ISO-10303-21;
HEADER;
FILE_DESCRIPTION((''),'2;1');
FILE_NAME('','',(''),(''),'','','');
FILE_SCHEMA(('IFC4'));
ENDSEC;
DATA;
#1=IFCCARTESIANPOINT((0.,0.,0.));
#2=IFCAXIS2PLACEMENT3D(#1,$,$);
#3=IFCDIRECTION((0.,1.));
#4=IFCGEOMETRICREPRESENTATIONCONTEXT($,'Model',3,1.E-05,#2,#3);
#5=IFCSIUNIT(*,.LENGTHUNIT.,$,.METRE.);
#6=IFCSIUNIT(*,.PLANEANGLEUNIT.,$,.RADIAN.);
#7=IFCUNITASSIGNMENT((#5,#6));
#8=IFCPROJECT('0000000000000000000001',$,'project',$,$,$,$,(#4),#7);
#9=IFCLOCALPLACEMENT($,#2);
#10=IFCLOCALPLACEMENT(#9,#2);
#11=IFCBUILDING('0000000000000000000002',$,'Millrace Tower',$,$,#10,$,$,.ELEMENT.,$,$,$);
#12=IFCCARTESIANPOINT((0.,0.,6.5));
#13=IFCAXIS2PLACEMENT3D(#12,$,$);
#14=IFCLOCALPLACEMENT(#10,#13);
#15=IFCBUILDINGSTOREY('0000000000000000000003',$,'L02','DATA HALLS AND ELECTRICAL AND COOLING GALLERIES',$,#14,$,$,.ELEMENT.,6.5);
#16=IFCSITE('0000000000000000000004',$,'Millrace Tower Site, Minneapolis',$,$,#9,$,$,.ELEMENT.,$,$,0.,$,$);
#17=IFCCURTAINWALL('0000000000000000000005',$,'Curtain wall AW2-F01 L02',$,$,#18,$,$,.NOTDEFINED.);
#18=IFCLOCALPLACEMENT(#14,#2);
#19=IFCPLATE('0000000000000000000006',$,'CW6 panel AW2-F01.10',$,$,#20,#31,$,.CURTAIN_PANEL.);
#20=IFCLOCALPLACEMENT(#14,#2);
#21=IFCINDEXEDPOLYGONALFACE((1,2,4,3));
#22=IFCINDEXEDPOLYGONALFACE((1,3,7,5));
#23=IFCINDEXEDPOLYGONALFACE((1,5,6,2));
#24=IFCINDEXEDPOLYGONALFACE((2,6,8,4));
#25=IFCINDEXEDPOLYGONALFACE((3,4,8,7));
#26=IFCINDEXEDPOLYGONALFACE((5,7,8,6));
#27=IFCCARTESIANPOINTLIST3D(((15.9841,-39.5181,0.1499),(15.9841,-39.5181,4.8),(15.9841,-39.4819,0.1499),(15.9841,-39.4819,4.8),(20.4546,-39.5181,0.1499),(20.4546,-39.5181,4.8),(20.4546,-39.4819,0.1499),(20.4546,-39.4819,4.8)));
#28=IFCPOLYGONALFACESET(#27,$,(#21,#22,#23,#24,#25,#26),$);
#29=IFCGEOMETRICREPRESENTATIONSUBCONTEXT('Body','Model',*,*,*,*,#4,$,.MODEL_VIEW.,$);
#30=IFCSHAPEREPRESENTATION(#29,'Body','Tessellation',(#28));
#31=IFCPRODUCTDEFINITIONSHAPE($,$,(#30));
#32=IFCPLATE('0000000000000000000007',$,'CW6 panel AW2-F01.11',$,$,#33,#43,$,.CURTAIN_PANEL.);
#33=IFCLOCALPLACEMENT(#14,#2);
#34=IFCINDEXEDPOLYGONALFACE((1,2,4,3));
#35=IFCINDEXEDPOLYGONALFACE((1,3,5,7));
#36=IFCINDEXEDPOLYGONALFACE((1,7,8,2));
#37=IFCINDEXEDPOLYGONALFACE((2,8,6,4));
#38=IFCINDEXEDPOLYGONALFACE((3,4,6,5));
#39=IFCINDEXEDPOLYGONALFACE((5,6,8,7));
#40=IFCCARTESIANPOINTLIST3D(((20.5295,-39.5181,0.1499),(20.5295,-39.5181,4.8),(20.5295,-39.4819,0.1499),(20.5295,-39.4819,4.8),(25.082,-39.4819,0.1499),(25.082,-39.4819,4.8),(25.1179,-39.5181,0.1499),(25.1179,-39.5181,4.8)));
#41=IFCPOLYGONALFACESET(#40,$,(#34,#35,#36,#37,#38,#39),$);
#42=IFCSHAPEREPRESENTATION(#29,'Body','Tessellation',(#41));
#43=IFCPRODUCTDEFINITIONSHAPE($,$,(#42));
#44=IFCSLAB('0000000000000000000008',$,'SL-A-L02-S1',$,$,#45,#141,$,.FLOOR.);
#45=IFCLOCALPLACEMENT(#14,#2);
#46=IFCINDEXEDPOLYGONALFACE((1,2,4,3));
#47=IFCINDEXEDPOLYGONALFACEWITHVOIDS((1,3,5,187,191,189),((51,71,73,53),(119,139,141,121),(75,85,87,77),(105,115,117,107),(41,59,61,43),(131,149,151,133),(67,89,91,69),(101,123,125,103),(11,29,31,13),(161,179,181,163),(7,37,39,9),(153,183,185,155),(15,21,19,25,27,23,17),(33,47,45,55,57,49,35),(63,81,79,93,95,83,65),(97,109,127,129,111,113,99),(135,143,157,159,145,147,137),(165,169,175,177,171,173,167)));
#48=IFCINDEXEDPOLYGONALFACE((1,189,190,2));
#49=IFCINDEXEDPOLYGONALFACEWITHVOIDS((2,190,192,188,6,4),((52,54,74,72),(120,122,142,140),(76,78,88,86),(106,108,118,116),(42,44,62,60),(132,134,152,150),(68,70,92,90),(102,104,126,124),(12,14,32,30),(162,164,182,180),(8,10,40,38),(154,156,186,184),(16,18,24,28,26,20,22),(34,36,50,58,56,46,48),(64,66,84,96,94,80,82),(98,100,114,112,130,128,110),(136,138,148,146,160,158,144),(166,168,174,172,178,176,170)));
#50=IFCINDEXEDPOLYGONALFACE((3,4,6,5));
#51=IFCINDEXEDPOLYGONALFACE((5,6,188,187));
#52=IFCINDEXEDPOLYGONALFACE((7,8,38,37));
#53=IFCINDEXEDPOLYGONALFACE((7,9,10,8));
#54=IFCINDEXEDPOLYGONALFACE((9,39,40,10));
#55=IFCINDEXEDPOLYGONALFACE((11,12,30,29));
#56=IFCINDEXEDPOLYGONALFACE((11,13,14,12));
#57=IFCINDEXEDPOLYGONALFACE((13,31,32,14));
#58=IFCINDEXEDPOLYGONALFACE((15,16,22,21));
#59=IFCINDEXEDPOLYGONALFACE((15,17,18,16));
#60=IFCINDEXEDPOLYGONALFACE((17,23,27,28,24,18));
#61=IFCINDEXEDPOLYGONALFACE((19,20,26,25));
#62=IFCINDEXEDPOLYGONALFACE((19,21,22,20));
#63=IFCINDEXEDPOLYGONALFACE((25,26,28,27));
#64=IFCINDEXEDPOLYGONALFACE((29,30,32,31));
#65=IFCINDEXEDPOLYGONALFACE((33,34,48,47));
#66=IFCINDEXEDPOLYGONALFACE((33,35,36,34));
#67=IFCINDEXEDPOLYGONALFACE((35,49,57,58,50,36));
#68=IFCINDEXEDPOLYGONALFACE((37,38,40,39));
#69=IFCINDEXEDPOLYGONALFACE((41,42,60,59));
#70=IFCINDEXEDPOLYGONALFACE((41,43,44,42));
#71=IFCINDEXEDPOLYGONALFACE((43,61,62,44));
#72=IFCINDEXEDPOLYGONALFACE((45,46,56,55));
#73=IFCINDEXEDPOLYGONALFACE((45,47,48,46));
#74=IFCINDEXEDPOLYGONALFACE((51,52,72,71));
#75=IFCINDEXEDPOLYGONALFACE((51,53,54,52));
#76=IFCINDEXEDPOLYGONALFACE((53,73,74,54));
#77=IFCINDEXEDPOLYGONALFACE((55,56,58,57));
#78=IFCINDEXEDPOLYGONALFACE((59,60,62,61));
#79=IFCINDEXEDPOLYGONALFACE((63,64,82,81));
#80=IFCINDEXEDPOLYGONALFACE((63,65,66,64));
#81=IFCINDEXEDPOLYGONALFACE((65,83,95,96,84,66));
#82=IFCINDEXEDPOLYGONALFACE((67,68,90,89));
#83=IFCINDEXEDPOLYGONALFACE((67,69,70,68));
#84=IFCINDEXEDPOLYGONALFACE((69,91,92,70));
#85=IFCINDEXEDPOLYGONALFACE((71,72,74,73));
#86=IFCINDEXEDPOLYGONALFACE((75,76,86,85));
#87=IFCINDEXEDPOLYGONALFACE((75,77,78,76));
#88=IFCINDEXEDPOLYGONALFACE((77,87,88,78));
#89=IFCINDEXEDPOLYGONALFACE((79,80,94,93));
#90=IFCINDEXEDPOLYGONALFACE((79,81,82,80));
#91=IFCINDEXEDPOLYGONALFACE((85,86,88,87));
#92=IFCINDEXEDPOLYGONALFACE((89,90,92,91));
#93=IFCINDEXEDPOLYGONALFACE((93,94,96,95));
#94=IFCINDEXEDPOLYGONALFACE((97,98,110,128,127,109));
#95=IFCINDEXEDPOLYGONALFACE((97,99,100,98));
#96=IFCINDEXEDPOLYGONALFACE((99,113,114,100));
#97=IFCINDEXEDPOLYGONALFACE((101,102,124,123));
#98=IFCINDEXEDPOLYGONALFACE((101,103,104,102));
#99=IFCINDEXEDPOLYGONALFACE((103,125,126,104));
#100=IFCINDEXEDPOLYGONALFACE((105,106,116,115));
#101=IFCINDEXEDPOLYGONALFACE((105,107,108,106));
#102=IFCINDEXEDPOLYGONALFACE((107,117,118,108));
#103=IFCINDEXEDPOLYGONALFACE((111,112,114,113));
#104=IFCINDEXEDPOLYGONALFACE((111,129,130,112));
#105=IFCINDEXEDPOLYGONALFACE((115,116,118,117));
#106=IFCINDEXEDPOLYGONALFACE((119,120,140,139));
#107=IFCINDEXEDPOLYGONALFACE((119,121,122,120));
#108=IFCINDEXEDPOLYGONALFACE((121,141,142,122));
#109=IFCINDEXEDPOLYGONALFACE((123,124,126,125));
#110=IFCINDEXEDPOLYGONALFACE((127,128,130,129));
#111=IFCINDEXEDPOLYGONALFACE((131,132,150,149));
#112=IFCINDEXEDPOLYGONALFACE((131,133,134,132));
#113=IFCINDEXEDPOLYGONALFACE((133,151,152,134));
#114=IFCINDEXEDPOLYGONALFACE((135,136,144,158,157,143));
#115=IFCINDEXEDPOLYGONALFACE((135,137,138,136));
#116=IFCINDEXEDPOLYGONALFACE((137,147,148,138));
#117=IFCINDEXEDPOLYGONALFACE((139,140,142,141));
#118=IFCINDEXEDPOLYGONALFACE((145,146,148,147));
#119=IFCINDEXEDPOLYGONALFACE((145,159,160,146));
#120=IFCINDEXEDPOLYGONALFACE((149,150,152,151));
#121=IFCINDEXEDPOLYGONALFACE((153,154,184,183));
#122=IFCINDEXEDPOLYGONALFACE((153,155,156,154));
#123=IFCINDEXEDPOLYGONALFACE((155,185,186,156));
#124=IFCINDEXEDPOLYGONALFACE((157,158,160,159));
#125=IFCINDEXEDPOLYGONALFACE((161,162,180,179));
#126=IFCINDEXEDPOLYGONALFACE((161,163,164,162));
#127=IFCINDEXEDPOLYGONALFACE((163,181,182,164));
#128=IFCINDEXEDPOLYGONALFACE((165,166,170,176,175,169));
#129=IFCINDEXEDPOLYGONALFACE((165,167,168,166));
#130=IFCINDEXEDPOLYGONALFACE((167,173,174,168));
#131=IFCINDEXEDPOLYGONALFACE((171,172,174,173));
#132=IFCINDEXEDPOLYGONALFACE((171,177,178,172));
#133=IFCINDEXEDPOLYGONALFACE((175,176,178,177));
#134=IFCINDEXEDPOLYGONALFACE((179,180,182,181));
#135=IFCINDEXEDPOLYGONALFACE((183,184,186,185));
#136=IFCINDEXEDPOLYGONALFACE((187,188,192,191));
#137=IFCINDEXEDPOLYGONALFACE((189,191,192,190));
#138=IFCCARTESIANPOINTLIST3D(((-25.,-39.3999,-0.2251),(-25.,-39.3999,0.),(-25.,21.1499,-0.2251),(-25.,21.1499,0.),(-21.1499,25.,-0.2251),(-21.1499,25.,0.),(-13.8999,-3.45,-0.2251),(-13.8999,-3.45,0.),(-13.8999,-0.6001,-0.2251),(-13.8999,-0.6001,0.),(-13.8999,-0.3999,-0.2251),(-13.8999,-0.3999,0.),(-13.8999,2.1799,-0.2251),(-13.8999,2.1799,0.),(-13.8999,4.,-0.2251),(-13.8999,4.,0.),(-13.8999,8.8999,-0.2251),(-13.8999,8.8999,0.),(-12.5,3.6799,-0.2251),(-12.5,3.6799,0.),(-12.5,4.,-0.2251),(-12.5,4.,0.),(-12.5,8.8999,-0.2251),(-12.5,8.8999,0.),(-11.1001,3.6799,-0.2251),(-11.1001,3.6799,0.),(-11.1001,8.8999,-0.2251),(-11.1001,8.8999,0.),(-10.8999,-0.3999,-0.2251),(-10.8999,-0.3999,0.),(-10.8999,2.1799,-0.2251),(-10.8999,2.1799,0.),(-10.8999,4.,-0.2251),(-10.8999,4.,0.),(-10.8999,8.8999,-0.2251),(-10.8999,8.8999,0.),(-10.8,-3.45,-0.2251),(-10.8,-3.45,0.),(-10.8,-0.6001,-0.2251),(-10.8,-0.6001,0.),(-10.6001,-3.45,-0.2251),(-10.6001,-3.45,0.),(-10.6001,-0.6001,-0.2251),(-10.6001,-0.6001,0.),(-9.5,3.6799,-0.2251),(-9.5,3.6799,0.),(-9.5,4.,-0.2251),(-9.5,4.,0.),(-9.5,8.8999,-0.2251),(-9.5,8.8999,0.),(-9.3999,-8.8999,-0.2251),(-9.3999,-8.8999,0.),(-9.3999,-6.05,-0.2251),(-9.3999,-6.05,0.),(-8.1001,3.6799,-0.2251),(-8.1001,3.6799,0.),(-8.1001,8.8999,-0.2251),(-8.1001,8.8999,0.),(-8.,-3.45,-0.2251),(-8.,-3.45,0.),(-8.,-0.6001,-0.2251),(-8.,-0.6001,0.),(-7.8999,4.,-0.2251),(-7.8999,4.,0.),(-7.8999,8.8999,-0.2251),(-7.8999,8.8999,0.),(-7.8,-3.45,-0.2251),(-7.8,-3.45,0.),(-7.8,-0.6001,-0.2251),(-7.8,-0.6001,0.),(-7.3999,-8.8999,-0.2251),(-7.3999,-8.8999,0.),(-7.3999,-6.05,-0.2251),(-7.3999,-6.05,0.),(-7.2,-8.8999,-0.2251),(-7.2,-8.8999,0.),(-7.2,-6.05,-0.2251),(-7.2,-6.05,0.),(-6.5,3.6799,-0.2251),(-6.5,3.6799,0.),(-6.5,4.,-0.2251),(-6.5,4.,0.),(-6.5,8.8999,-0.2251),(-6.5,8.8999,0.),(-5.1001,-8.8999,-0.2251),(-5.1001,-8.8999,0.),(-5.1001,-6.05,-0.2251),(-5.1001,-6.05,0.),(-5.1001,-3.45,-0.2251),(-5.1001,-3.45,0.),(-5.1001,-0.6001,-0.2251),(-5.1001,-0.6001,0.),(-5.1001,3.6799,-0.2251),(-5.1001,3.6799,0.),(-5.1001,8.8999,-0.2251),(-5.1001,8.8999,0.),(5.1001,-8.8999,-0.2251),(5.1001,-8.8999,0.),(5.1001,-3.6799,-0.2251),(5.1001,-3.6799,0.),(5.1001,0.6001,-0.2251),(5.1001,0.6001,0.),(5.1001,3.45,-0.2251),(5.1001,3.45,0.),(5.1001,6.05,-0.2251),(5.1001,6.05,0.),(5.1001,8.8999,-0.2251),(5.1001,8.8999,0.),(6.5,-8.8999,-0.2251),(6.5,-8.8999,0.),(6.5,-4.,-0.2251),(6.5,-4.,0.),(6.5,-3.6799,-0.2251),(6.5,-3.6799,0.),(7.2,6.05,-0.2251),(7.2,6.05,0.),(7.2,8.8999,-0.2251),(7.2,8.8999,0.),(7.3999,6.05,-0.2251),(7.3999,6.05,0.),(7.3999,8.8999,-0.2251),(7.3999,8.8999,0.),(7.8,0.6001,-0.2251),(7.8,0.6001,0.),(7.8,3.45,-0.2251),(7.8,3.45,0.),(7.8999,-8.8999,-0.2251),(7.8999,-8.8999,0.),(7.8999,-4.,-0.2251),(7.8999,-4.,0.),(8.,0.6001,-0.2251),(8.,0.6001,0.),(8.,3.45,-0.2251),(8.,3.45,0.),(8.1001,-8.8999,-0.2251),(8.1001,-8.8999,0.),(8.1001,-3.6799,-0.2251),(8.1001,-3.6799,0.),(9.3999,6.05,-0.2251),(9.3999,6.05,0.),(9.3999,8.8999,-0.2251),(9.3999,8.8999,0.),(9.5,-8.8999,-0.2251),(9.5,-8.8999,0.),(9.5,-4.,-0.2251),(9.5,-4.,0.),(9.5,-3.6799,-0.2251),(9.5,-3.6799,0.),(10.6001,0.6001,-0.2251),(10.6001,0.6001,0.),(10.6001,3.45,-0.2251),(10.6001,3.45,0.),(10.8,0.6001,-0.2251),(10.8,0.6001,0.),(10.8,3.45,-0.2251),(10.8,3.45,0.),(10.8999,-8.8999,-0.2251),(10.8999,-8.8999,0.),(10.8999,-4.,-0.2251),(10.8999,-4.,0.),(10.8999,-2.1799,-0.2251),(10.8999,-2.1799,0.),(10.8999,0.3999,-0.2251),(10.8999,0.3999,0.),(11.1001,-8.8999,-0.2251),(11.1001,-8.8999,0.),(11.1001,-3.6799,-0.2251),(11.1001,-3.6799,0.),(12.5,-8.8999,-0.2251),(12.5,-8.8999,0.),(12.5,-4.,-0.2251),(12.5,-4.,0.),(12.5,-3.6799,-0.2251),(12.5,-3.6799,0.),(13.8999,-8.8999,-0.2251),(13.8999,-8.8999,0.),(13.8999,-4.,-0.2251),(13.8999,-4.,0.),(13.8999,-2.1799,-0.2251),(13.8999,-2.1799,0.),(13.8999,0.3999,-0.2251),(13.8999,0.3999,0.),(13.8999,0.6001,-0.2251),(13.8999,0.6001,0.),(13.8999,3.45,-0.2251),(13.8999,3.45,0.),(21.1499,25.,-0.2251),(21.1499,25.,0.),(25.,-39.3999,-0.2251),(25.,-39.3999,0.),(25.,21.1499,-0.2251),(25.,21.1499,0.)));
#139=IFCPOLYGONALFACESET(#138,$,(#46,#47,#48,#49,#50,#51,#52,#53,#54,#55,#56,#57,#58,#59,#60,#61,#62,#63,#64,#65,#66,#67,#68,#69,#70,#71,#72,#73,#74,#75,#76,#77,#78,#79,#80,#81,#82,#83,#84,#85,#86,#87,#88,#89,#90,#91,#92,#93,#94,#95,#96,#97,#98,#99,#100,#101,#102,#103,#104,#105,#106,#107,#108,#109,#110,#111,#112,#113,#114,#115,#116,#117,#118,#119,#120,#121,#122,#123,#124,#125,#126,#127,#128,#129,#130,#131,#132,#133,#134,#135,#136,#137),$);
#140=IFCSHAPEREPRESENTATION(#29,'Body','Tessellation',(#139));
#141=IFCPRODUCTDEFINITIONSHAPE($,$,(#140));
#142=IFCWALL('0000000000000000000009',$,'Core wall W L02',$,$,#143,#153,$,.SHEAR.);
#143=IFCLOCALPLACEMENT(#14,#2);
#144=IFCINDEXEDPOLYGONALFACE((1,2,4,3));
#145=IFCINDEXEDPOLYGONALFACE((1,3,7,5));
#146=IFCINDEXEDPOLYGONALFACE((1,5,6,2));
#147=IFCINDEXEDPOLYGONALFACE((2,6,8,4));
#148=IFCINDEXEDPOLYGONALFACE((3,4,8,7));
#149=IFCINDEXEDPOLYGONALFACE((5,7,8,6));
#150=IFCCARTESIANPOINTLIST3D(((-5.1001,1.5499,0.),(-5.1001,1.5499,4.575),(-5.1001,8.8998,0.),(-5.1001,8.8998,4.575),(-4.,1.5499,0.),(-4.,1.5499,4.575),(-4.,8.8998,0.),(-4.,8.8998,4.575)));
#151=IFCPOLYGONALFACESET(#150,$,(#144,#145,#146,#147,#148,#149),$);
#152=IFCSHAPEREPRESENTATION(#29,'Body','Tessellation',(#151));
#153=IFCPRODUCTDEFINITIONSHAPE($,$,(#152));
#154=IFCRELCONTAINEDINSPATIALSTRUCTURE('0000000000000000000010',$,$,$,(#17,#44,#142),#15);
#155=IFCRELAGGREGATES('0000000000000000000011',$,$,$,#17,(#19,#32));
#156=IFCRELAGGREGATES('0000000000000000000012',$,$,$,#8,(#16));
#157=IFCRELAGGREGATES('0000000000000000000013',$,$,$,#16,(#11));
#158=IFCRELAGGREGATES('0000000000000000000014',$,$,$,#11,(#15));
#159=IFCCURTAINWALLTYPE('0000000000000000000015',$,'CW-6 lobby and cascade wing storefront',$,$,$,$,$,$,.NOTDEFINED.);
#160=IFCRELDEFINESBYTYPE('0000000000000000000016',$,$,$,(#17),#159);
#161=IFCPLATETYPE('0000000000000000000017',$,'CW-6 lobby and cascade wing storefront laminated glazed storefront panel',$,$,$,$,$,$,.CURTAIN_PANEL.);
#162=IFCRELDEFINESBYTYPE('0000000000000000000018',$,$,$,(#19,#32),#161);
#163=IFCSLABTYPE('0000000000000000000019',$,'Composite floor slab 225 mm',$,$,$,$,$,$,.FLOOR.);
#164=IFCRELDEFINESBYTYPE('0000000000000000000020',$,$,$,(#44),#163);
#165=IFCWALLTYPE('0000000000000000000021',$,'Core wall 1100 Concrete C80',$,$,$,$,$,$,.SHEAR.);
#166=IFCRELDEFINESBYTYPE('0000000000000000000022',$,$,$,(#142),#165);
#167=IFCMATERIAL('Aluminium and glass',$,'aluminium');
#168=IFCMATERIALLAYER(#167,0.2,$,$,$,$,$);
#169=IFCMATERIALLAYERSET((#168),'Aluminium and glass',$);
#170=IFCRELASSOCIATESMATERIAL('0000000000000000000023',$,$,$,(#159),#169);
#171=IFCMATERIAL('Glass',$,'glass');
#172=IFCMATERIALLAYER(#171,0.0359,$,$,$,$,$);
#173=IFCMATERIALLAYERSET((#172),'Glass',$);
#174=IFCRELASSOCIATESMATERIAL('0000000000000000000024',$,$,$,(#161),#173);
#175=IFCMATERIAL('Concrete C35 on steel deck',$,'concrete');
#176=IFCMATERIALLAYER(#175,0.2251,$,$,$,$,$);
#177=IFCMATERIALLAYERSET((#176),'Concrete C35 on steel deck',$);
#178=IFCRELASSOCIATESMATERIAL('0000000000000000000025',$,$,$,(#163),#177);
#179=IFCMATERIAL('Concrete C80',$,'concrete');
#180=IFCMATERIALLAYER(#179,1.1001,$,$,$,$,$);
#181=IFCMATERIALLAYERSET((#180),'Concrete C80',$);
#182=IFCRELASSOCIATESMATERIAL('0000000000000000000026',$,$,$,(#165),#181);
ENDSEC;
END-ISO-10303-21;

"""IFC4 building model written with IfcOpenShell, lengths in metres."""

from ifc_helpers import new_model, si_unit, direction, frame, frame_2d, origin, place, context, subcontext, project, spatial, polyline, rectangle, outline, extrude, material, layer, layer_set, type_object, element, aggregate, save


model = new_model("IFC4")

# Units and contexts
model_context = context("Model", 3, precision=1e-05, world=origin(), true_north=direction((0.0, 1.0)))
body_context = subcontext(model_context, "Body", "Model", "MODEL_VIEW")
ifc_project = project(units=[si_unit("LENGTHUNIT", "METRE"), si_unit("PLANEANGLEUNIT", "RADIAN")], contexts=[model_context])

# Site, building, storey
site_placement = place(None, origin())
site = spatial("IfcSite", under=ifc_project, at=site_placement, Name="Millrace Tower Site, Minneapolis", CompositionType="ELEMENT", RefElevation=0.0)
building_placement = place(site_placement, origin())
building = spatial("IfcBuilding", under=site, at=building_placement, Name="Millrace Tower", CompositionType="ELEMENT")
storey_placement = place(building_placement, frame((0.0, 0.0, 6.5)))
storey = spatial("IfcBuildingStorey", under=building, at=storey_placement, Name="L02", Description="DATA HALLS AND ELECTRICAL AND COOLING GALLERIES", CompositionType="ELEMENT", Elevation=6.5)

# Curtain wall, plates
ifc_material_1 = material(Name="Aluminium and glass", Category="aluminium")
ifc_layer_1 = layer(ifc_material_1, 0.2)
ifc_layer_set_1 = layer_set([ifc_layer_1], Name="Aluminium and glass")
curtain_wall_type = type_object("IfcCurtainWallType", Name="CW-6 lobby and cascade wing storefront", PredefinedType="NOTDEFINED", material=ifc_layer_set_1)
curtain_wall_placement = place(storey_placement, origin())
curtain_wall = element("IfcCurtainWall", 1, at=curtain_wall_placement, inside=storey, type_object=curtain_wall_type, Name="Curtain wall AW2-F01 L02", PredefinedType="NOTDEFINED")
ifc_material_2 = material(Name="Glass", Category="glass")
ifc_layer_2 = layer(ifc_material_2, 0.0359)
ifc_layer_set_2 = layer_set([ifc_layer_2], Name="Glass")
plate_type = type_object("IfcPlateType", Name="CW-6 lobby and cascade wing storefront laminated glazed storefront panel", PredefinedType="CURTAIN_PANEL", material=ifc_layer_set_2)
placement = place(storey_placement, frame((0.0, 0.0, 0.1499)))
plate_1 = element("IfcPlate", 2, at=placement, type_object=plate_type, Name="CW6 panel AW2-F01.10", PredefinedType="CURTAIN_PANEL", context=body_context, shape_type="SweptSolid", body=[
    extrude(outline(polyline([(15.9841, -39.5181), (20.4546, -39.5181), (20.4546, -39.4819), (15.9841, -39.4819), (15.9841, -39.5181)])), origin(), (0.0, 0.0, 1.0), 4.6501),
])
plate_2 = element("IfcPlate", 3, at=placement, type_object=plate_type, Name="CW6 panel AW2-F01.11", PredefinedType="CURTAIN_PANEL", context=body_context, shape_type="SweptSolid", body=[
    extrude(outline(polyline([(20.5295, -39.5181), (25.1179, -39.5181), (25.082, -39.4819), (20.5295, -39.4819), (20.5295, -39.5181)])), origin(), (0.0, 0.0, 1.0), 4.6501),
])
aggregate(curtain_wall, [plate_1, plate_2])

# Slab
ifc_material_3 = material(Name="Concrete C35 on steel deck", Category="concrete")
ifc_layer_3 = layer(ifc_material_3, 0.2251)
ifc_layer_set_3 = layer_set([ifc_layer_3], Name="Concrete C35 on steel deck")
slab_type = type_object("IfcSlabType", Name="Composite floor slab 225 mm", PredefinedType="FLOOR", material=ifc_layer_set_3)
slab_placement = place(storey_placement, frame((0.0, 0.0, -0.2251)))
element("IfcSlab", 4, at=slab_placement, inside=storey, type_object=slab_type, Name="SL-A-L02-S1", PredefinedType="FLOOR", context=body_context, shape_type="SweptSolid", body=[
    extrude(outline(polyline([(-25.0, -39.3999), (25.0, -39.3999), (25.0, 21.1499), (21.1499, 25.0), (-21.1499, 25.0), (-25.0, 21.1499), (-25.0, -39.3999)]), holes=[polyline([(-9.3999, -8.8999), (-7.3999, -8.8999), (-7.3999, -6.05), (-9.3999, -6.05), (-9.3999, -8.8999)]), polyline([(-7.2, -8.8999), (-5.1001, -8.8999), (-5.1001, -6.05), (-7.2, -6.05), (-7.2, -8.8999)]), polyline([(-13.8999, -3.45), (-10.8, -3.45), (-10.8, -0.6001), (-13.8999, -0.6001), (-13.8999, -3.45)]), polyline([(-10.6001, -3.45), (-8.0, -3.45), (-8.0, -0.6001), (-10.6001, -0.6001), (-10.6001, -3.45)]), polyline([(-7.8, -3.45), (-5.1001, -3.45), (-5.1001, -0.6001), (-7.8, -0.6001), (-7.8, -3.45)]), polyline([(-13.8999, -0.3999), (-10.8999, -0.3999), (-10.8999, 2.1799), (-13.8999, 2.1799), (-13.8999, -0.3999)]), polyline([(-11.1001, 8.8999), (-12.5, 8.8999), (-13.8999, 8.8999), (-13.8999, 4.0), (-12.5, 4.0), (-12.5, 3.6799), (-11.1001, 3.6799), (-11.1001, 8.8999)]), polyline([(-8.1001, 8.8999), (-9.5, 8.8999), (-10.8999, 8.8999), (-10.8999, 4.0), (-9.5, 4.0), (-9.5, 3.6799), (-8.1001, 3.6799), (-8.1001, 8.8999)]), polyline([(-5.1001, 8.8999), (-6.5, 8.8999), (-7.8999, 8.8999), (-7.8999, 4.0), (-6.5, 4.0), (-6.5, 3.6799), (-5.1001, 3.6799), (-5.1001, 8.8999)]), polyline([(7.3999, 6.05), (9.3999, 6.05), (9.3999, 8.8999), (7.3999, 8.8999), (7.3999, 6.05)]), polyline([(5.1001, 6.05), (7.2, 6.05), (7.2, 8.8999), (5.1001, 8.8999), (5.1001, 6.05)]), polyline([(10.8, 0.6001), (13.8999, 0.6001), (13.8999, 3.45), (10.8, 3.45), (10.8, 0.6001)]), polyline([(8.0, 0.6001), (10.6001, 0.6001), (10.6001, 3.45), (8.0, 3.45), (8.0, 0.6001)]), polyline([(5.1001, 0.6001), (7.8, 0.6001), (7.8, 3.45), (5.1001, 3.45), (5.1001, 0.6001)]), polyline([(10.8999, -2.1799), (13.8999, -2.1799), (13.8999, 0.3999), (10.8999, 0.3999), (10.8999, -2.1799)]), polyline([(13.8999, -4.0), (12.5, -4.0), (12.5, -3.6799), (11.1001, -3.6799), (11.1001, -8.8999), (12.5, -8.8999), (13.8999, -8.8999), (13.8999, -4.0)]), polyline([(10.8999, -4.0), (9.5, -4.0), (9.5, -3.6799), (8.1001, -3.6799), (8.1001, -8.8999), (9.5, -8.8999), (10.8999, -8.8999), (10.8999, -4.0)]), polyline([(7.8999, -4.0), (6.5, -4.0), (6.5, -3.6799), (5.1001, -3.6799), (5.1001, -8.8999), (6.5, -8.8999), (7.8999, -8.8999), (7.8999, -4.0)])]), origin(), (0.0, 0.0, 1.0), 0.2251),
])

# Wall
ifc_material_4 = material(Name="Concrete C80", Category="concrete")
ifc_layer_4 = layer(ifc_material_4, 1.1001)
ifc_layer_set_4 = layer_set([ifc_layer_4], Name="Concrete C80")
wall_type_1 = type_object("IfcWallType", Name="Core wall 1100 Concrete C80", PredefinedType="SHEAR", material=ifc_layer_set_4)
wall_1_placement = place(storey_placement, frame((-4.55, 1.55, 0.0), z_axis=(0.0, 0.0, 1.0), x_axis=(0.0, 1.0, 0.0)))
element("IfcWall", 5, at=wall_1_placement, inside=storey, type_object=wall_type_1, Name="Core wall W L02", PredefinedType="SHEAR", context=body_context, shape_type="SweptSolid", body=[
    extrude(rectangle(XDim=7.3499, YDim=1.1001, at=frame_2d((3.6748, 0.0))), origin(), (0.0, 0.0, 1.0), 4.575),
])

save(model, "model.ifc")
